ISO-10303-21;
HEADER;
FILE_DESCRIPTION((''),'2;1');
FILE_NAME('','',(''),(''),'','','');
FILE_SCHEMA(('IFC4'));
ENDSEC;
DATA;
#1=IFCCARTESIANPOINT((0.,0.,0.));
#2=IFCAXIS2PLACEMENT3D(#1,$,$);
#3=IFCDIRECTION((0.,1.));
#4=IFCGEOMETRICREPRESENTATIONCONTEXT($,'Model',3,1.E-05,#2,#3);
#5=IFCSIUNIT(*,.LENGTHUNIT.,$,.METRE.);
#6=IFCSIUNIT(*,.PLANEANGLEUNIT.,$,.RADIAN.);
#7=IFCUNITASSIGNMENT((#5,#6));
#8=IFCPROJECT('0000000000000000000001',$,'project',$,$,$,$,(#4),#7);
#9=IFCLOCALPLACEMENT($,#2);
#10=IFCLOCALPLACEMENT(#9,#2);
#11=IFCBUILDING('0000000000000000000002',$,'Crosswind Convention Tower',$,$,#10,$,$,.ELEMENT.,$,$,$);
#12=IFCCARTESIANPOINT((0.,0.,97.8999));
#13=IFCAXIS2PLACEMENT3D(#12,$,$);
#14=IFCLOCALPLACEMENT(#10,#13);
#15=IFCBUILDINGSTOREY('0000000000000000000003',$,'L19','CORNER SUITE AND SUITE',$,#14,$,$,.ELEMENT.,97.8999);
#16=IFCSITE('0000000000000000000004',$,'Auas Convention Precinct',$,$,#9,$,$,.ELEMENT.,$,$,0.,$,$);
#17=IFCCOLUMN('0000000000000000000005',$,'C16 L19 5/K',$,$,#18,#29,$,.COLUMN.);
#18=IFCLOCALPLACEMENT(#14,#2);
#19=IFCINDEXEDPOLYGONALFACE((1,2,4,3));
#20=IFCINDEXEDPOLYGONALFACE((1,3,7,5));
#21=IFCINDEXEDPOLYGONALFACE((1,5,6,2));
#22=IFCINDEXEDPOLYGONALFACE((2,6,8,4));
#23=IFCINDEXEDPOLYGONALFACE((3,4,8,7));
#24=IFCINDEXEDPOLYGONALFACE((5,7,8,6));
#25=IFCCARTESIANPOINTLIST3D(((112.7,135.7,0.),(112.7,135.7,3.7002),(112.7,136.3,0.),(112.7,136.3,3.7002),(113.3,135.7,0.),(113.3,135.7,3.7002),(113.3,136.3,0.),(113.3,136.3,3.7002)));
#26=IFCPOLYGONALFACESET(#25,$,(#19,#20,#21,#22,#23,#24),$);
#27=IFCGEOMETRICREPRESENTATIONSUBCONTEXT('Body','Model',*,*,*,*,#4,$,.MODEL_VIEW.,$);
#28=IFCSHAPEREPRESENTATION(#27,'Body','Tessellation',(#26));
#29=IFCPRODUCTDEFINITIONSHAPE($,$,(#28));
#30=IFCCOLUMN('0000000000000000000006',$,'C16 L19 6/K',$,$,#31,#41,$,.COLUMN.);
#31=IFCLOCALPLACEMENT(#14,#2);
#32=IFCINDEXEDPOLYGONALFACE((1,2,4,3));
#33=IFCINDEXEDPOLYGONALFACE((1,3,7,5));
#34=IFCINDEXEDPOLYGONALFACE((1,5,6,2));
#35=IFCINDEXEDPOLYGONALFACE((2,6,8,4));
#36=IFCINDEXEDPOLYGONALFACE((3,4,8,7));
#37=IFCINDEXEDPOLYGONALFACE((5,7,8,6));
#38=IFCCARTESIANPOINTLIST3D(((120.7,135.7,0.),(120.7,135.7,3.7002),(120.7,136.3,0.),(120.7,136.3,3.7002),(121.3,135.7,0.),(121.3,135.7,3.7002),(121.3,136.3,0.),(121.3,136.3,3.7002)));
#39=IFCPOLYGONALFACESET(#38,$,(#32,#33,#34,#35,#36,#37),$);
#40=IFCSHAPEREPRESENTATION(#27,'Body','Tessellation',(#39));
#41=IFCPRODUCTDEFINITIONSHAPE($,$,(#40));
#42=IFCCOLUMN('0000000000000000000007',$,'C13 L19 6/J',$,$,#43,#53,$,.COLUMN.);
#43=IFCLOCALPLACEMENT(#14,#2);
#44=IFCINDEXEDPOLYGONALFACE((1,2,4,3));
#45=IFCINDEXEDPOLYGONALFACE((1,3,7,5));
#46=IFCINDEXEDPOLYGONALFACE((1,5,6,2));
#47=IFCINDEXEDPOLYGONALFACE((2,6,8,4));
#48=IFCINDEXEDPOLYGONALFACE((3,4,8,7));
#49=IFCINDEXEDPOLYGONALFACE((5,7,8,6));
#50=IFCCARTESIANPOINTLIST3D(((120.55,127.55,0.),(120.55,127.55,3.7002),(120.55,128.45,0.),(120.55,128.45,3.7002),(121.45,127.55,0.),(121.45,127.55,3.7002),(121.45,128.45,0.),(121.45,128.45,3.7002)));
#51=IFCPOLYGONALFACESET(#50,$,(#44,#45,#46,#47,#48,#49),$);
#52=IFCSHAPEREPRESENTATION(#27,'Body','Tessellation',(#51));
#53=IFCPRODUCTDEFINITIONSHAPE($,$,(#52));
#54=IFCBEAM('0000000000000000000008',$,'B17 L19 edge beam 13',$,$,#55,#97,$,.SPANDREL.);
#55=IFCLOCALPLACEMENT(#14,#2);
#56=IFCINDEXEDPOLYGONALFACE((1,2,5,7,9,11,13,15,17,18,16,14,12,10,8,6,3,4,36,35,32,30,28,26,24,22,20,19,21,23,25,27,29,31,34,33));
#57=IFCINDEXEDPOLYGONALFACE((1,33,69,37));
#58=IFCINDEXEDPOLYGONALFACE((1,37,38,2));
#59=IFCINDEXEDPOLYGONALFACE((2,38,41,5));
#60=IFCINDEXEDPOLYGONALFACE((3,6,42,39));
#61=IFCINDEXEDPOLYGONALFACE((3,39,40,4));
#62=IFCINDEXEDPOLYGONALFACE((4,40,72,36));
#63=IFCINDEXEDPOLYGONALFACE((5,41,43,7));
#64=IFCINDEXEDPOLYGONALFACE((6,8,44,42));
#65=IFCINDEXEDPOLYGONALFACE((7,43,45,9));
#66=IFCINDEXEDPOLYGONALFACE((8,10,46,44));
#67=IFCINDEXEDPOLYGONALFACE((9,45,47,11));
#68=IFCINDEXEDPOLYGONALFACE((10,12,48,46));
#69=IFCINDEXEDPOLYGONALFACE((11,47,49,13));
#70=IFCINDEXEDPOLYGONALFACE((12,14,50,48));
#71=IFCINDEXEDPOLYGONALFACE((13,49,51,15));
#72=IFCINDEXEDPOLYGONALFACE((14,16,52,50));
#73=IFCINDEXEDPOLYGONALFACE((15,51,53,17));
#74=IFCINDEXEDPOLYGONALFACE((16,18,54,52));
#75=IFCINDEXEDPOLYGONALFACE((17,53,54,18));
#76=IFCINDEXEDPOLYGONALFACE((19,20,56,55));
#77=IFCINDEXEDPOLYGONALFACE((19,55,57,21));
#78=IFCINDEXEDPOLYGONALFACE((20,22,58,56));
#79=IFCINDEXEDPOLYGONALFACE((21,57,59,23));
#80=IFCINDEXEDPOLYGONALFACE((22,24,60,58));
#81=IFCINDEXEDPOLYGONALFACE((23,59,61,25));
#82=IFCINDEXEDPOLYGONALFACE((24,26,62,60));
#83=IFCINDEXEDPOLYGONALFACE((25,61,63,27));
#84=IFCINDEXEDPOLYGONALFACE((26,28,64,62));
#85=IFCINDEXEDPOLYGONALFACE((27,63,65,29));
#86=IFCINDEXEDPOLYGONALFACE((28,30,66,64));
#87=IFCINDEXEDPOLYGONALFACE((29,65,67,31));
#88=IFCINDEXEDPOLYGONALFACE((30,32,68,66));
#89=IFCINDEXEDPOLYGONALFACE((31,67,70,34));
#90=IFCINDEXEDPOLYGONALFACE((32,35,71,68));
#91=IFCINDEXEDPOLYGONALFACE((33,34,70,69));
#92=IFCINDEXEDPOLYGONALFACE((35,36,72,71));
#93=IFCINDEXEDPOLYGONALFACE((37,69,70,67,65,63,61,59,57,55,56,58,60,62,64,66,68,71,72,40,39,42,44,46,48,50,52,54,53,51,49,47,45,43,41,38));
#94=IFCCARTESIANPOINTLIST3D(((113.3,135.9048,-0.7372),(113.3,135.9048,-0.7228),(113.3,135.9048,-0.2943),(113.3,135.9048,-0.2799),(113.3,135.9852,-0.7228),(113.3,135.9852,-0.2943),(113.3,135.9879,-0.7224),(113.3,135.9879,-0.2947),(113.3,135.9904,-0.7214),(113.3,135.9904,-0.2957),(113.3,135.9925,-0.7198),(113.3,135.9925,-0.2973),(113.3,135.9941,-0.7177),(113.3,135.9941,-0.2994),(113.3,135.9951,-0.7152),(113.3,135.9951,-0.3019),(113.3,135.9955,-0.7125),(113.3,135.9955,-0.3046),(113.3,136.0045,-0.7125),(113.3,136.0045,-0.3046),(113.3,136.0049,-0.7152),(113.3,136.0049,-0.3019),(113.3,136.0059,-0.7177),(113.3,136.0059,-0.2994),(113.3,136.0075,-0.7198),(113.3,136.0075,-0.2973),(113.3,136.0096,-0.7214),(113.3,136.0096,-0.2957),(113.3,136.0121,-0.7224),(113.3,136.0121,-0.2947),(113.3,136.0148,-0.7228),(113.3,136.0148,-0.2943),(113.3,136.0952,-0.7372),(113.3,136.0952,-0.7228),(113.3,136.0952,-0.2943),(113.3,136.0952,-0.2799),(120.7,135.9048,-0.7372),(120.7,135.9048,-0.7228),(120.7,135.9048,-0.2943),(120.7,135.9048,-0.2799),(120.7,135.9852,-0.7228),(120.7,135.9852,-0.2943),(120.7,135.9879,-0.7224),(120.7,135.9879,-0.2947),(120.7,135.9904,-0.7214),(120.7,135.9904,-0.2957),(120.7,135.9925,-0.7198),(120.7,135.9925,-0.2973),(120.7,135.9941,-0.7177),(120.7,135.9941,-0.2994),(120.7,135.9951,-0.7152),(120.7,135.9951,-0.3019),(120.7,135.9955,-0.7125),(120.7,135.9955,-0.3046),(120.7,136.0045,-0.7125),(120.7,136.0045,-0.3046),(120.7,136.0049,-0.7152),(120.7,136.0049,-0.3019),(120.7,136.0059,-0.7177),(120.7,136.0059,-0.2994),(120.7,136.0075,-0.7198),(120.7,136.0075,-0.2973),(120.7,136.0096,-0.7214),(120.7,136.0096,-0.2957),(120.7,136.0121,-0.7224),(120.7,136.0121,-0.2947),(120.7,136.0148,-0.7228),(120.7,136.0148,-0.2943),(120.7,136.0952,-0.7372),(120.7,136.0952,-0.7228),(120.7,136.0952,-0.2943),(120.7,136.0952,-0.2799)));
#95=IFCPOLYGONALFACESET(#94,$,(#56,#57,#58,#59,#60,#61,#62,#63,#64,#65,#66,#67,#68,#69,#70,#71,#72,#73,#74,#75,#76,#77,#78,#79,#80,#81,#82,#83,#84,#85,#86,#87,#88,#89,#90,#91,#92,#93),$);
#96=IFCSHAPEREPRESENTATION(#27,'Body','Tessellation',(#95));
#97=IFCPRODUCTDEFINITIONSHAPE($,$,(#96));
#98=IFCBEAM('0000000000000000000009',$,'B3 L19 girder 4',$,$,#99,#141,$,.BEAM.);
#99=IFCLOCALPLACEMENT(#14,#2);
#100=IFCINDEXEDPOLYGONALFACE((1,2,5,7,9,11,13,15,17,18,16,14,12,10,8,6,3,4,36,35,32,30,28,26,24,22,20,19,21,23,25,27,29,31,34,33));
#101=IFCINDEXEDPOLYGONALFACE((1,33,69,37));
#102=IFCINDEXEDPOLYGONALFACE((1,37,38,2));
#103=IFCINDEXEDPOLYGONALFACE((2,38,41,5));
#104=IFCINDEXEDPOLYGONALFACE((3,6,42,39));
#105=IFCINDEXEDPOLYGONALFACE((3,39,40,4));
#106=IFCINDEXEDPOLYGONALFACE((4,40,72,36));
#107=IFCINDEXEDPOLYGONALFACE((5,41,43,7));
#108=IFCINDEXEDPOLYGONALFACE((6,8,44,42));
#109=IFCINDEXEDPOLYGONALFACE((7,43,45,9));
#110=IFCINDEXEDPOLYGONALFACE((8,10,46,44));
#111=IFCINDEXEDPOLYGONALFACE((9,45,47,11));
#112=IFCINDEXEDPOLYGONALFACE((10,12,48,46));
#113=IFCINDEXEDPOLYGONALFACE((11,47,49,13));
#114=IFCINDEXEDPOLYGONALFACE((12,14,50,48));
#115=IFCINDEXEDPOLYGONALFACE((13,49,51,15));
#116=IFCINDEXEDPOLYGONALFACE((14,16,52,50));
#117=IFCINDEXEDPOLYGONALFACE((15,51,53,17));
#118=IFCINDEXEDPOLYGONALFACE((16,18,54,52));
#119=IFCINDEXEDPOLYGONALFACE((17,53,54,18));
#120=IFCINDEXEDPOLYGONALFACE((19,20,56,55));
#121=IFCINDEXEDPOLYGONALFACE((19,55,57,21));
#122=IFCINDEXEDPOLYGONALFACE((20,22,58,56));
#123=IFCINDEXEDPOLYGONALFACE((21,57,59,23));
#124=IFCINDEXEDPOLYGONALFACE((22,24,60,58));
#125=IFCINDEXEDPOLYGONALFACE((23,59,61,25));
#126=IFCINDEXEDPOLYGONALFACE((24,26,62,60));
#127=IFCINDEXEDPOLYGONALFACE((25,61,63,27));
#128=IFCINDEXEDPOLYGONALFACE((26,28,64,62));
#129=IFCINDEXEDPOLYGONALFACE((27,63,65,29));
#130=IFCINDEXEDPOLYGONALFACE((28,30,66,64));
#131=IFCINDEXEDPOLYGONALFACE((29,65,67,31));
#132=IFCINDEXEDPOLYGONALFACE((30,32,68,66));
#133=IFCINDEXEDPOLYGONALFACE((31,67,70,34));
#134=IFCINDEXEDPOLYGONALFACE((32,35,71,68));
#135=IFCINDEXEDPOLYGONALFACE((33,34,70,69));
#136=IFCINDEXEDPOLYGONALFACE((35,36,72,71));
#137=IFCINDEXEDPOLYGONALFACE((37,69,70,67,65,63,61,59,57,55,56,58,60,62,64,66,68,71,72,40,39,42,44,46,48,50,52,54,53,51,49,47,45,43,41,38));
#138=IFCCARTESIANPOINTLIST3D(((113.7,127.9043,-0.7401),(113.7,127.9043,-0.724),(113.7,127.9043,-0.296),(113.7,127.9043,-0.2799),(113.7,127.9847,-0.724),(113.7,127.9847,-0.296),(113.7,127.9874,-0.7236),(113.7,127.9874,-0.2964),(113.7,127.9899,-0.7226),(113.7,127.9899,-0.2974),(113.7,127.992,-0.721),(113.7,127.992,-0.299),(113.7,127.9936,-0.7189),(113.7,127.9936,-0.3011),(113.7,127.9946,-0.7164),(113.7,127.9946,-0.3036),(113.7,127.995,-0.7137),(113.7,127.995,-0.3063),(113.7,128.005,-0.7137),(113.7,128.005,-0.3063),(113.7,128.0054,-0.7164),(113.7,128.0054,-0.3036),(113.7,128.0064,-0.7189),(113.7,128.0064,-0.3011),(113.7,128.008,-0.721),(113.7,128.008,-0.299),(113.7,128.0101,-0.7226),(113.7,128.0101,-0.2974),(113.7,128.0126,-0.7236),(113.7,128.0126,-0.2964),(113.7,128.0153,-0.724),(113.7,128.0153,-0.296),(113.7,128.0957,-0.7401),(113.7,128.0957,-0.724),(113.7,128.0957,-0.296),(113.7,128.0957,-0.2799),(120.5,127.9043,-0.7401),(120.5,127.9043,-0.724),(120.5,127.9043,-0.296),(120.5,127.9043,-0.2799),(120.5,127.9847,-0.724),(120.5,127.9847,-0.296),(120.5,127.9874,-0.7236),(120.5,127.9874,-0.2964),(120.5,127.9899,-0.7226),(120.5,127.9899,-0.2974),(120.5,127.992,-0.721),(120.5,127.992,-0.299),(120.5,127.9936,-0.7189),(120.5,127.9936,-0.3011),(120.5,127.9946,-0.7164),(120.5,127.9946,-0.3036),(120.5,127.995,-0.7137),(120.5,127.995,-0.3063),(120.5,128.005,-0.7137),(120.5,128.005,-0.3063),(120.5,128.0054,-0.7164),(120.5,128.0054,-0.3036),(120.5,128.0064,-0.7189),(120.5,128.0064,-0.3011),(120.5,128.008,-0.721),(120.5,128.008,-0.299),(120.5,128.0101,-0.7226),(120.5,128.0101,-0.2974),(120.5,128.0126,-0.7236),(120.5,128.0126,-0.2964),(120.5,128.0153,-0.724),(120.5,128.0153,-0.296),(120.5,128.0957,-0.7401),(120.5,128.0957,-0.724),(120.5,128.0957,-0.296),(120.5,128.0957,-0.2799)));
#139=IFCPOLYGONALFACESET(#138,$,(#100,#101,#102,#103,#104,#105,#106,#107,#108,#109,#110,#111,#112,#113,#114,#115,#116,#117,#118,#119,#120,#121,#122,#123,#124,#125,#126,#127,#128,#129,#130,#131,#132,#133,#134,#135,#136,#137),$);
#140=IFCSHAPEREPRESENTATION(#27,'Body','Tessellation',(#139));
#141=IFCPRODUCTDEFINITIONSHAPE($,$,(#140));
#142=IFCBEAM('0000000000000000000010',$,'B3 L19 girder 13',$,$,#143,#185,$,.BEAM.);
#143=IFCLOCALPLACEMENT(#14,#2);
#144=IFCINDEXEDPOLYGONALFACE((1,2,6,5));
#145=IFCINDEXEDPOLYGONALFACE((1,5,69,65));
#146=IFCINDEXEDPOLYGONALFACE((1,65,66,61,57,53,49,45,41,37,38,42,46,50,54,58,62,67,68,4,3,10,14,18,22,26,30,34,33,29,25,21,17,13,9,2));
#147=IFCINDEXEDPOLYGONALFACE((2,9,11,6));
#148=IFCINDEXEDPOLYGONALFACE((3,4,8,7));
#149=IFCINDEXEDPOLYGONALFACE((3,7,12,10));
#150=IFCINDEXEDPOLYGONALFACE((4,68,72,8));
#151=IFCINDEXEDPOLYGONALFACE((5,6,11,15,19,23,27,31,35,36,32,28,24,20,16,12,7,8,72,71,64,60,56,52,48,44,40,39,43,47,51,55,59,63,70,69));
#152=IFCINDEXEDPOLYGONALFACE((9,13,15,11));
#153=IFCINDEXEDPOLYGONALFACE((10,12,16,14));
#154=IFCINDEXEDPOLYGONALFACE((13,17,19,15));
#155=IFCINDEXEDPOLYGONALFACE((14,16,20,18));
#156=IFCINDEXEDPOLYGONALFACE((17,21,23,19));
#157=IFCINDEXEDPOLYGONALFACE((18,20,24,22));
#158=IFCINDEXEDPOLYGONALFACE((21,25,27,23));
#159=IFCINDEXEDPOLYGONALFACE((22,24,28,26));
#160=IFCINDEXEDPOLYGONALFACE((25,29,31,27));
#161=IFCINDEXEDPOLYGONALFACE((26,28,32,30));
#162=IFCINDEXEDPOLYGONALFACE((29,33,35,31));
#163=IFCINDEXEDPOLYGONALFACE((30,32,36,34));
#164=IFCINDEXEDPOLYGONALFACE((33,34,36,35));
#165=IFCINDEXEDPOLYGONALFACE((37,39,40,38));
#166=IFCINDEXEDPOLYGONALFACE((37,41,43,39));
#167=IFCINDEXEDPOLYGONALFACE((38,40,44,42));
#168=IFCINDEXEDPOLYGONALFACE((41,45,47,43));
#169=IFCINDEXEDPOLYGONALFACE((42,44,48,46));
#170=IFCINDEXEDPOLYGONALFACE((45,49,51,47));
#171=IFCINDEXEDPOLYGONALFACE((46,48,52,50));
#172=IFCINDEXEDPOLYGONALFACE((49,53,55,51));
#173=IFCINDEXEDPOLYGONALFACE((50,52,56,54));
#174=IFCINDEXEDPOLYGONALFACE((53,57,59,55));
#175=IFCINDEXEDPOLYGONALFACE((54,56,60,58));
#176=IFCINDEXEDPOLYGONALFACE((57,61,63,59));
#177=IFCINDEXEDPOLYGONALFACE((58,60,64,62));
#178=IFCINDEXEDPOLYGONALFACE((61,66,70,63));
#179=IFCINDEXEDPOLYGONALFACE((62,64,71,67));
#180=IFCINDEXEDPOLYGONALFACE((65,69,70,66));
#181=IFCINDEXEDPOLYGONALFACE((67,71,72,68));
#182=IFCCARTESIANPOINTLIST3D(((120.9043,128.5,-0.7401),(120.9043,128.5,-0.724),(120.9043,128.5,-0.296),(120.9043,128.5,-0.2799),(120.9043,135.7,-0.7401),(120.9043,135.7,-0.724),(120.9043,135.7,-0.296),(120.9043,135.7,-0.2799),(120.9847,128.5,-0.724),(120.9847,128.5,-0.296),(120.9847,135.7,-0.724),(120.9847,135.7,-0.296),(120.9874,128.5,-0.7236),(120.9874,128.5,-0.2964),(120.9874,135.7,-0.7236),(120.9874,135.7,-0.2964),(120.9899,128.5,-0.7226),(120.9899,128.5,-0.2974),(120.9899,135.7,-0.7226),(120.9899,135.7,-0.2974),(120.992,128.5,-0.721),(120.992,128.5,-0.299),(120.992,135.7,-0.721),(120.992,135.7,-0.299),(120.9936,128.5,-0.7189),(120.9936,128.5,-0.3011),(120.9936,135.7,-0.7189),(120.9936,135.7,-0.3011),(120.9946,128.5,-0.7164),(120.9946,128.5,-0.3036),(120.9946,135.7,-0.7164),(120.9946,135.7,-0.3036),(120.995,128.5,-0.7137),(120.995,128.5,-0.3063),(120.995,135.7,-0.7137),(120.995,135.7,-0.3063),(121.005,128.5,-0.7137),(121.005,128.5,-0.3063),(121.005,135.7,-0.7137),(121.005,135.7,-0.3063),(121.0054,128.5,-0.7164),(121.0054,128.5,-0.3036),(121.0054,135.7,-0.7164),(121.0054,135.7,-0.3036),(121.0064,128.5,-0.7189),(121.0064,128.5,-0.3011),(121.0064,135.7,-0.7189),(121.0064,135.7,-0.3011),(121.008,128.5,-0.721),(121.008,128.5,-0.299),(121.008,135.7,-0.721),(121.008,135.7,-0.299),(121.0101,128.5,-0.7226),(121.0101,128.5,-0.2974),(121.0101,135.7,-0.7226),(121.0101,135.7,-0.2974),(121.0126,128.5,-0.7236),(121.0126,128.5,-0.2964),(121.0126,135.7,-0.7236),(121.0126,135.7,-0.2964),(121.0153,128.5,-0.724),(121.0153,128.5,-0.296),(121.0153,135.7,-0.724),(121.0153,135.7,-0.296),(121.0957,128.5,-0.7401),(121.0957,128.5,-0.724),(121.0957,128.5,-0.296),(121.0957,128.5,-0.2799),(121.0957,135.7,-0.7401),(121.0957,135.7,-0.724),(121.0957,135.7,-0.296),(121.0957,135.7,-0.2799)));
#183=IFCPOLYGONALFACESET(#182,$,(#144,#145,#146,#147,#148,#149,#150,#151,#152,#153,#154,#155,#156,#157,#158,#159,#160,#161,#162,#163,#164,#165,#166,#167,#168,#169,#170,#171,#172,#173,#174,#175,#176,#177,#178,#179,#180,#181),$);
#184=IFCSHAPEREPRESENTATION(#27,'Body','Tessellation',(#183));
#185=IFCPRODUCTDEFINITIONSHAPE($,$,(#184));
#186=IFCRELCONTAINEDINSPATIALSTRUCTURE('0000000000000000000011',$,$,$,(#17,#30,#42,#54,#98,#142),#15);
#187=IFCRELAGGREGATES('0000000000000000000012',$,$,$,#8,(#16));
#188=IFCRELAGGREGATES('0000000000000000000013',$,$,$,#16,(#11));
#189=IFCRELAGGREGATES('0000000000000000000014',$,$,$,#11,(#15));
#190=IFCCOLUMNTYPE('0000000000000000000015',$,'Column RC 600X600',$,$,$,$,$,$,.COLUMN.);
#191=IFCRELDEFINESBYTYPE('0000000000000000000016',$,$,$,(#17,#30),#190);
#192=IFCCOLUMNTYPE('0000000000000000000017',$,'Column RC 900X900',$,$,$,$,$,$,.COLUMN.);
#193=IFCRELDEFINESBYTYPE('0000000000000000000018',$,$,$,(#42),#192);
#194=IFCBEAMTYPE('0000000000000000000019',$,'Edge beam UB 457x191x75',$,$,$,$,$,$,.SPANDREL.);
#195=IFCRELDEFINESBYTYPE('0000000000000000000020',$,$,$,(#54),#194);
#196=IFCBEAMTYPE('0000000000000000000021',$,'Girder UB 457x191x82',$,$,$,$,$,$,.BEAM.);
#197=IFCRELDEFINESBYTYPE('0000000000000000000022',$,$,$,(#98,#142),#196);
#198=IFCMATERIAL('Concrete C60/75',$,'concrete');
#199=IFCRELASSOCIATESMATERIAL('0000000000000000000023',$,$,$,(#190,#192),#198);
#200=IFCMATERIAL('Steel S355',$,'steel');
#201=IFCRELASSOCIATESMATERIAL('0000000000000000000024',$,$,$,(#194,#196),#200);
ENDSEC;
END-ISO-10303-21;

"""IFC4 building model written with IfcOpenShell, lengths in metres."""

from ifc_helpers import new_model, si_unit, direction, frame, origin, origin_2d, place, context, subcontext, project, spatial, rectangle, i_section, extrude, material, material_profile, profile_set, type_object, element, save


model = new_model("IFC4")

# Units and contexts
model_context = context("Model", 3, precision=1e-05, world=origin(), true_north=direction((0.0, 1.0)))
body_context = subcontext(model_context, "Body", "Model", "MODEL_VIEW")
ifc_project = project(units=[si_unit("LENGTHUNIT", "METRE"), si_unit("PLANEANGLEUNIT", "RADIAN")], contexts=[model_context])

# Site, building, storey
site_placement = place(None, origin())
site = spatial("IfcSite", under=ifc_project, at=site_placement, Name="Auas Convention Precinct", CompositionType="ELEMENT", RefElevation=0.0)
building_placement = place(site_placement, origin())
building = spatial("IfcBuilding", under=site, at=building_placement, Name="Crosswind Convention Tower", CompositionType="ELEMENT")
storey_placement = place(building_placement, frame((0.0, 0.0, 97.8999)))
storey = spatial("IfcBuildingStorey", under=building, at=storey_placement, Name="L19", Description="CORNER SUITE AND SUITE", CompositionType="ELEMENT", Elevation=97.8999)

# Columns
ifc_material_1 = material(Name="Concrete C60/75", Category="concrete")
ifc_material_profile_1 = material_profile(ifc_material_1, rectangle(XDim=0.6001, YDim=0.6001, at=origin_2d()), Name="RC 600X600")
ifc_profile_set_1 = profile_set([ifc_material_profile_1], Name="Concrete C60/75")
column_type_1 = type_object("IfcColumnType", Name="Column RC 600X600", PredefinedType="COLUMN", material=ifc_profile_set_1)
for number, where, z_axis, x_axis, name in (
    (1, (113.0, 136.0, 0.0), (0.0, 0.0, 1.0), (1.0, 0.0, 0.0), "C16 L19 5/K"),
    (2, (121.0, 136.0, 0.0), (0.0, 0.0, 1.0), (1.0, 0.0, 0.0), "C16 L19 6/K"),
):
    element("IfcColumn", number, at=place(storey_placement, frame(where, z_axis=z_axis, x_axis=x_axis)), inside=storey, type_object=column_type_1, Name=name, PredefinedType="COLUMN", context=body_context, shape_type="SweptSolid", body=[
        extrude(rectangle(XDim=0.6001, YDim=0.6001, at=origin_2d()), origin(), (0.0, 0.0, 1.0), 3.7002),
    ])
ifc_material_profile_2 = material_profile(ifc_material_1, rectangle(XDim=0.8999, YDim=0.8999, at=origin_2d()), Name="RC 900X900")
ifc_profile_set_2 = profile_set([ifc_material_profile_2], Name="Concrete C60/75")
column_type_2 = type_object("IfcColumnType", Name="Column RC 900X900", PredefinedType="COLUMN", material=ifc_profile_set_2)
column_placement = place(storey_placement, frame((121.0, 128.0, 0.0), z_axis=(0.0, 0.0, 1.0), x_axis=(1.0, 0.0, 0.0)))
element("IfcColumn", 3, at=column_placement, inside=storey, type_object=column_type_2, Name="C13 L19 6/J", PredefinedType="COLUMN", context=body_context, shape_type="SweptSolid", body=[
    extrude(rectangle(XDim=0.8999, YDim=0.8999, at=origin_2d()), origin(), (0.0, 0.0, 1.0), 3.7002),
])

# Beams
ifc_material_2 = material(Name="Steel S355", Category="steel")
ifc_material_profile_3 = material_profile(ifc_material_2, i_section(OverallWidth=0.1904, OverallDepth=0.4573, WebThickness=0.009, FlangeThickness=0.0144, FilletRadius=0.0103, at=origin_2d()), Name="UB 457x191x75")
ifc_profile_set_3 = profile_set([ifc_material_profile_3], Name="Steel S355")
beam_type_1 = type_object("IfcBeamType", Name="Edge beam UB 457x191x75", PredefinedType="SPANDREL", material=ifc_profile_set_3)
beam_1_placement = place(storey_placement, frame((113.3, 136.0, -0.5085), z_axis=(1.0, 0.0, 0.0), x_axis=(0.0, 1.0, 0.0)))
element("IfcBeam", 4, at=beam_1_placement, inside=storey, type_object=beam_type_1, Name="B17 L19 edge beam 13", PredefinedType="SPANDREL", context=body_context, shape_type="SweptSolid", body=[
    extrude(i_section(OverallWidth=0.1904, OverallDepth=0.4573, WebThickness=0.009, FlangeThickness=0.0144, FilletRadius=0.0103, at=origin_2d()), origin(), (0.0, 0.0, 1.0), 7.3999),
])
ifc_material_profile_4 = material_profile(ifc_material_2, i_section(OverallWidth=0.1914, OverallDepth=0.4602, WebThickness=0.01, FlangeThickness=0.0161, FilletRadius=0.0103, at=origin_2d()), Name="UB 457x191x82")
ifc_profile_set_4 = profile_set([ifc_material_profile_4], Name="Steel S355")
beam_type_2 = type_object("IfcBeamType", Name="Girder UB 457x191x82", PredefinedType="BEAM", material=ifc_profile_set_4)
beam_2_placement = place(storey_placement, frame((113.7, 128.0, -0.51), z_axis=(1.0, 0.0, 0.0), x_axis=(0.0, 1.0, 0.0)))
element("IfcBeam", 5, at=beam_2_placement, inside=storey, type_object=beam_type_2, Name="B3 L19 girder 4", PredefinedType="BEAM", context=body_context, shape_type="SweptSolid", body=[
    extrude(i_section(OverallWidth=0.1914, OverallDepth=0.4602, WebThickness=0.01, FlangeThickness=0.0161, FilletRadius=0.0103, at=origin_2d()), origin(), (0.0, 0.0, 1.0), 6.8),
])
beam_3_placement = place(storey_placement, frame((121.0, 128.5, -0.51), z_axis=(0.0, 1.0, 0.0), x_axis=(-1.0, 0.0, 0.0)))
element("IfcBeam", 6, at=beam_3_placement, inside=storey, type_object=beam_type_2, Name="B3 L19 girder 13", PredefinedType="BEAM", context=body_context, shape_type="SweptSolid", body=[
    extrude(i_section(OverallWidth=0.1914, OverallDepth=0.4602, WebThickness=0.01, FlangeThickness=0.0161, FilletRadius=0.0103, at=origin_2d()), origin(), (0.0, 0.0, 1.0), 7.2),
])

save(model, "model.ifc")
